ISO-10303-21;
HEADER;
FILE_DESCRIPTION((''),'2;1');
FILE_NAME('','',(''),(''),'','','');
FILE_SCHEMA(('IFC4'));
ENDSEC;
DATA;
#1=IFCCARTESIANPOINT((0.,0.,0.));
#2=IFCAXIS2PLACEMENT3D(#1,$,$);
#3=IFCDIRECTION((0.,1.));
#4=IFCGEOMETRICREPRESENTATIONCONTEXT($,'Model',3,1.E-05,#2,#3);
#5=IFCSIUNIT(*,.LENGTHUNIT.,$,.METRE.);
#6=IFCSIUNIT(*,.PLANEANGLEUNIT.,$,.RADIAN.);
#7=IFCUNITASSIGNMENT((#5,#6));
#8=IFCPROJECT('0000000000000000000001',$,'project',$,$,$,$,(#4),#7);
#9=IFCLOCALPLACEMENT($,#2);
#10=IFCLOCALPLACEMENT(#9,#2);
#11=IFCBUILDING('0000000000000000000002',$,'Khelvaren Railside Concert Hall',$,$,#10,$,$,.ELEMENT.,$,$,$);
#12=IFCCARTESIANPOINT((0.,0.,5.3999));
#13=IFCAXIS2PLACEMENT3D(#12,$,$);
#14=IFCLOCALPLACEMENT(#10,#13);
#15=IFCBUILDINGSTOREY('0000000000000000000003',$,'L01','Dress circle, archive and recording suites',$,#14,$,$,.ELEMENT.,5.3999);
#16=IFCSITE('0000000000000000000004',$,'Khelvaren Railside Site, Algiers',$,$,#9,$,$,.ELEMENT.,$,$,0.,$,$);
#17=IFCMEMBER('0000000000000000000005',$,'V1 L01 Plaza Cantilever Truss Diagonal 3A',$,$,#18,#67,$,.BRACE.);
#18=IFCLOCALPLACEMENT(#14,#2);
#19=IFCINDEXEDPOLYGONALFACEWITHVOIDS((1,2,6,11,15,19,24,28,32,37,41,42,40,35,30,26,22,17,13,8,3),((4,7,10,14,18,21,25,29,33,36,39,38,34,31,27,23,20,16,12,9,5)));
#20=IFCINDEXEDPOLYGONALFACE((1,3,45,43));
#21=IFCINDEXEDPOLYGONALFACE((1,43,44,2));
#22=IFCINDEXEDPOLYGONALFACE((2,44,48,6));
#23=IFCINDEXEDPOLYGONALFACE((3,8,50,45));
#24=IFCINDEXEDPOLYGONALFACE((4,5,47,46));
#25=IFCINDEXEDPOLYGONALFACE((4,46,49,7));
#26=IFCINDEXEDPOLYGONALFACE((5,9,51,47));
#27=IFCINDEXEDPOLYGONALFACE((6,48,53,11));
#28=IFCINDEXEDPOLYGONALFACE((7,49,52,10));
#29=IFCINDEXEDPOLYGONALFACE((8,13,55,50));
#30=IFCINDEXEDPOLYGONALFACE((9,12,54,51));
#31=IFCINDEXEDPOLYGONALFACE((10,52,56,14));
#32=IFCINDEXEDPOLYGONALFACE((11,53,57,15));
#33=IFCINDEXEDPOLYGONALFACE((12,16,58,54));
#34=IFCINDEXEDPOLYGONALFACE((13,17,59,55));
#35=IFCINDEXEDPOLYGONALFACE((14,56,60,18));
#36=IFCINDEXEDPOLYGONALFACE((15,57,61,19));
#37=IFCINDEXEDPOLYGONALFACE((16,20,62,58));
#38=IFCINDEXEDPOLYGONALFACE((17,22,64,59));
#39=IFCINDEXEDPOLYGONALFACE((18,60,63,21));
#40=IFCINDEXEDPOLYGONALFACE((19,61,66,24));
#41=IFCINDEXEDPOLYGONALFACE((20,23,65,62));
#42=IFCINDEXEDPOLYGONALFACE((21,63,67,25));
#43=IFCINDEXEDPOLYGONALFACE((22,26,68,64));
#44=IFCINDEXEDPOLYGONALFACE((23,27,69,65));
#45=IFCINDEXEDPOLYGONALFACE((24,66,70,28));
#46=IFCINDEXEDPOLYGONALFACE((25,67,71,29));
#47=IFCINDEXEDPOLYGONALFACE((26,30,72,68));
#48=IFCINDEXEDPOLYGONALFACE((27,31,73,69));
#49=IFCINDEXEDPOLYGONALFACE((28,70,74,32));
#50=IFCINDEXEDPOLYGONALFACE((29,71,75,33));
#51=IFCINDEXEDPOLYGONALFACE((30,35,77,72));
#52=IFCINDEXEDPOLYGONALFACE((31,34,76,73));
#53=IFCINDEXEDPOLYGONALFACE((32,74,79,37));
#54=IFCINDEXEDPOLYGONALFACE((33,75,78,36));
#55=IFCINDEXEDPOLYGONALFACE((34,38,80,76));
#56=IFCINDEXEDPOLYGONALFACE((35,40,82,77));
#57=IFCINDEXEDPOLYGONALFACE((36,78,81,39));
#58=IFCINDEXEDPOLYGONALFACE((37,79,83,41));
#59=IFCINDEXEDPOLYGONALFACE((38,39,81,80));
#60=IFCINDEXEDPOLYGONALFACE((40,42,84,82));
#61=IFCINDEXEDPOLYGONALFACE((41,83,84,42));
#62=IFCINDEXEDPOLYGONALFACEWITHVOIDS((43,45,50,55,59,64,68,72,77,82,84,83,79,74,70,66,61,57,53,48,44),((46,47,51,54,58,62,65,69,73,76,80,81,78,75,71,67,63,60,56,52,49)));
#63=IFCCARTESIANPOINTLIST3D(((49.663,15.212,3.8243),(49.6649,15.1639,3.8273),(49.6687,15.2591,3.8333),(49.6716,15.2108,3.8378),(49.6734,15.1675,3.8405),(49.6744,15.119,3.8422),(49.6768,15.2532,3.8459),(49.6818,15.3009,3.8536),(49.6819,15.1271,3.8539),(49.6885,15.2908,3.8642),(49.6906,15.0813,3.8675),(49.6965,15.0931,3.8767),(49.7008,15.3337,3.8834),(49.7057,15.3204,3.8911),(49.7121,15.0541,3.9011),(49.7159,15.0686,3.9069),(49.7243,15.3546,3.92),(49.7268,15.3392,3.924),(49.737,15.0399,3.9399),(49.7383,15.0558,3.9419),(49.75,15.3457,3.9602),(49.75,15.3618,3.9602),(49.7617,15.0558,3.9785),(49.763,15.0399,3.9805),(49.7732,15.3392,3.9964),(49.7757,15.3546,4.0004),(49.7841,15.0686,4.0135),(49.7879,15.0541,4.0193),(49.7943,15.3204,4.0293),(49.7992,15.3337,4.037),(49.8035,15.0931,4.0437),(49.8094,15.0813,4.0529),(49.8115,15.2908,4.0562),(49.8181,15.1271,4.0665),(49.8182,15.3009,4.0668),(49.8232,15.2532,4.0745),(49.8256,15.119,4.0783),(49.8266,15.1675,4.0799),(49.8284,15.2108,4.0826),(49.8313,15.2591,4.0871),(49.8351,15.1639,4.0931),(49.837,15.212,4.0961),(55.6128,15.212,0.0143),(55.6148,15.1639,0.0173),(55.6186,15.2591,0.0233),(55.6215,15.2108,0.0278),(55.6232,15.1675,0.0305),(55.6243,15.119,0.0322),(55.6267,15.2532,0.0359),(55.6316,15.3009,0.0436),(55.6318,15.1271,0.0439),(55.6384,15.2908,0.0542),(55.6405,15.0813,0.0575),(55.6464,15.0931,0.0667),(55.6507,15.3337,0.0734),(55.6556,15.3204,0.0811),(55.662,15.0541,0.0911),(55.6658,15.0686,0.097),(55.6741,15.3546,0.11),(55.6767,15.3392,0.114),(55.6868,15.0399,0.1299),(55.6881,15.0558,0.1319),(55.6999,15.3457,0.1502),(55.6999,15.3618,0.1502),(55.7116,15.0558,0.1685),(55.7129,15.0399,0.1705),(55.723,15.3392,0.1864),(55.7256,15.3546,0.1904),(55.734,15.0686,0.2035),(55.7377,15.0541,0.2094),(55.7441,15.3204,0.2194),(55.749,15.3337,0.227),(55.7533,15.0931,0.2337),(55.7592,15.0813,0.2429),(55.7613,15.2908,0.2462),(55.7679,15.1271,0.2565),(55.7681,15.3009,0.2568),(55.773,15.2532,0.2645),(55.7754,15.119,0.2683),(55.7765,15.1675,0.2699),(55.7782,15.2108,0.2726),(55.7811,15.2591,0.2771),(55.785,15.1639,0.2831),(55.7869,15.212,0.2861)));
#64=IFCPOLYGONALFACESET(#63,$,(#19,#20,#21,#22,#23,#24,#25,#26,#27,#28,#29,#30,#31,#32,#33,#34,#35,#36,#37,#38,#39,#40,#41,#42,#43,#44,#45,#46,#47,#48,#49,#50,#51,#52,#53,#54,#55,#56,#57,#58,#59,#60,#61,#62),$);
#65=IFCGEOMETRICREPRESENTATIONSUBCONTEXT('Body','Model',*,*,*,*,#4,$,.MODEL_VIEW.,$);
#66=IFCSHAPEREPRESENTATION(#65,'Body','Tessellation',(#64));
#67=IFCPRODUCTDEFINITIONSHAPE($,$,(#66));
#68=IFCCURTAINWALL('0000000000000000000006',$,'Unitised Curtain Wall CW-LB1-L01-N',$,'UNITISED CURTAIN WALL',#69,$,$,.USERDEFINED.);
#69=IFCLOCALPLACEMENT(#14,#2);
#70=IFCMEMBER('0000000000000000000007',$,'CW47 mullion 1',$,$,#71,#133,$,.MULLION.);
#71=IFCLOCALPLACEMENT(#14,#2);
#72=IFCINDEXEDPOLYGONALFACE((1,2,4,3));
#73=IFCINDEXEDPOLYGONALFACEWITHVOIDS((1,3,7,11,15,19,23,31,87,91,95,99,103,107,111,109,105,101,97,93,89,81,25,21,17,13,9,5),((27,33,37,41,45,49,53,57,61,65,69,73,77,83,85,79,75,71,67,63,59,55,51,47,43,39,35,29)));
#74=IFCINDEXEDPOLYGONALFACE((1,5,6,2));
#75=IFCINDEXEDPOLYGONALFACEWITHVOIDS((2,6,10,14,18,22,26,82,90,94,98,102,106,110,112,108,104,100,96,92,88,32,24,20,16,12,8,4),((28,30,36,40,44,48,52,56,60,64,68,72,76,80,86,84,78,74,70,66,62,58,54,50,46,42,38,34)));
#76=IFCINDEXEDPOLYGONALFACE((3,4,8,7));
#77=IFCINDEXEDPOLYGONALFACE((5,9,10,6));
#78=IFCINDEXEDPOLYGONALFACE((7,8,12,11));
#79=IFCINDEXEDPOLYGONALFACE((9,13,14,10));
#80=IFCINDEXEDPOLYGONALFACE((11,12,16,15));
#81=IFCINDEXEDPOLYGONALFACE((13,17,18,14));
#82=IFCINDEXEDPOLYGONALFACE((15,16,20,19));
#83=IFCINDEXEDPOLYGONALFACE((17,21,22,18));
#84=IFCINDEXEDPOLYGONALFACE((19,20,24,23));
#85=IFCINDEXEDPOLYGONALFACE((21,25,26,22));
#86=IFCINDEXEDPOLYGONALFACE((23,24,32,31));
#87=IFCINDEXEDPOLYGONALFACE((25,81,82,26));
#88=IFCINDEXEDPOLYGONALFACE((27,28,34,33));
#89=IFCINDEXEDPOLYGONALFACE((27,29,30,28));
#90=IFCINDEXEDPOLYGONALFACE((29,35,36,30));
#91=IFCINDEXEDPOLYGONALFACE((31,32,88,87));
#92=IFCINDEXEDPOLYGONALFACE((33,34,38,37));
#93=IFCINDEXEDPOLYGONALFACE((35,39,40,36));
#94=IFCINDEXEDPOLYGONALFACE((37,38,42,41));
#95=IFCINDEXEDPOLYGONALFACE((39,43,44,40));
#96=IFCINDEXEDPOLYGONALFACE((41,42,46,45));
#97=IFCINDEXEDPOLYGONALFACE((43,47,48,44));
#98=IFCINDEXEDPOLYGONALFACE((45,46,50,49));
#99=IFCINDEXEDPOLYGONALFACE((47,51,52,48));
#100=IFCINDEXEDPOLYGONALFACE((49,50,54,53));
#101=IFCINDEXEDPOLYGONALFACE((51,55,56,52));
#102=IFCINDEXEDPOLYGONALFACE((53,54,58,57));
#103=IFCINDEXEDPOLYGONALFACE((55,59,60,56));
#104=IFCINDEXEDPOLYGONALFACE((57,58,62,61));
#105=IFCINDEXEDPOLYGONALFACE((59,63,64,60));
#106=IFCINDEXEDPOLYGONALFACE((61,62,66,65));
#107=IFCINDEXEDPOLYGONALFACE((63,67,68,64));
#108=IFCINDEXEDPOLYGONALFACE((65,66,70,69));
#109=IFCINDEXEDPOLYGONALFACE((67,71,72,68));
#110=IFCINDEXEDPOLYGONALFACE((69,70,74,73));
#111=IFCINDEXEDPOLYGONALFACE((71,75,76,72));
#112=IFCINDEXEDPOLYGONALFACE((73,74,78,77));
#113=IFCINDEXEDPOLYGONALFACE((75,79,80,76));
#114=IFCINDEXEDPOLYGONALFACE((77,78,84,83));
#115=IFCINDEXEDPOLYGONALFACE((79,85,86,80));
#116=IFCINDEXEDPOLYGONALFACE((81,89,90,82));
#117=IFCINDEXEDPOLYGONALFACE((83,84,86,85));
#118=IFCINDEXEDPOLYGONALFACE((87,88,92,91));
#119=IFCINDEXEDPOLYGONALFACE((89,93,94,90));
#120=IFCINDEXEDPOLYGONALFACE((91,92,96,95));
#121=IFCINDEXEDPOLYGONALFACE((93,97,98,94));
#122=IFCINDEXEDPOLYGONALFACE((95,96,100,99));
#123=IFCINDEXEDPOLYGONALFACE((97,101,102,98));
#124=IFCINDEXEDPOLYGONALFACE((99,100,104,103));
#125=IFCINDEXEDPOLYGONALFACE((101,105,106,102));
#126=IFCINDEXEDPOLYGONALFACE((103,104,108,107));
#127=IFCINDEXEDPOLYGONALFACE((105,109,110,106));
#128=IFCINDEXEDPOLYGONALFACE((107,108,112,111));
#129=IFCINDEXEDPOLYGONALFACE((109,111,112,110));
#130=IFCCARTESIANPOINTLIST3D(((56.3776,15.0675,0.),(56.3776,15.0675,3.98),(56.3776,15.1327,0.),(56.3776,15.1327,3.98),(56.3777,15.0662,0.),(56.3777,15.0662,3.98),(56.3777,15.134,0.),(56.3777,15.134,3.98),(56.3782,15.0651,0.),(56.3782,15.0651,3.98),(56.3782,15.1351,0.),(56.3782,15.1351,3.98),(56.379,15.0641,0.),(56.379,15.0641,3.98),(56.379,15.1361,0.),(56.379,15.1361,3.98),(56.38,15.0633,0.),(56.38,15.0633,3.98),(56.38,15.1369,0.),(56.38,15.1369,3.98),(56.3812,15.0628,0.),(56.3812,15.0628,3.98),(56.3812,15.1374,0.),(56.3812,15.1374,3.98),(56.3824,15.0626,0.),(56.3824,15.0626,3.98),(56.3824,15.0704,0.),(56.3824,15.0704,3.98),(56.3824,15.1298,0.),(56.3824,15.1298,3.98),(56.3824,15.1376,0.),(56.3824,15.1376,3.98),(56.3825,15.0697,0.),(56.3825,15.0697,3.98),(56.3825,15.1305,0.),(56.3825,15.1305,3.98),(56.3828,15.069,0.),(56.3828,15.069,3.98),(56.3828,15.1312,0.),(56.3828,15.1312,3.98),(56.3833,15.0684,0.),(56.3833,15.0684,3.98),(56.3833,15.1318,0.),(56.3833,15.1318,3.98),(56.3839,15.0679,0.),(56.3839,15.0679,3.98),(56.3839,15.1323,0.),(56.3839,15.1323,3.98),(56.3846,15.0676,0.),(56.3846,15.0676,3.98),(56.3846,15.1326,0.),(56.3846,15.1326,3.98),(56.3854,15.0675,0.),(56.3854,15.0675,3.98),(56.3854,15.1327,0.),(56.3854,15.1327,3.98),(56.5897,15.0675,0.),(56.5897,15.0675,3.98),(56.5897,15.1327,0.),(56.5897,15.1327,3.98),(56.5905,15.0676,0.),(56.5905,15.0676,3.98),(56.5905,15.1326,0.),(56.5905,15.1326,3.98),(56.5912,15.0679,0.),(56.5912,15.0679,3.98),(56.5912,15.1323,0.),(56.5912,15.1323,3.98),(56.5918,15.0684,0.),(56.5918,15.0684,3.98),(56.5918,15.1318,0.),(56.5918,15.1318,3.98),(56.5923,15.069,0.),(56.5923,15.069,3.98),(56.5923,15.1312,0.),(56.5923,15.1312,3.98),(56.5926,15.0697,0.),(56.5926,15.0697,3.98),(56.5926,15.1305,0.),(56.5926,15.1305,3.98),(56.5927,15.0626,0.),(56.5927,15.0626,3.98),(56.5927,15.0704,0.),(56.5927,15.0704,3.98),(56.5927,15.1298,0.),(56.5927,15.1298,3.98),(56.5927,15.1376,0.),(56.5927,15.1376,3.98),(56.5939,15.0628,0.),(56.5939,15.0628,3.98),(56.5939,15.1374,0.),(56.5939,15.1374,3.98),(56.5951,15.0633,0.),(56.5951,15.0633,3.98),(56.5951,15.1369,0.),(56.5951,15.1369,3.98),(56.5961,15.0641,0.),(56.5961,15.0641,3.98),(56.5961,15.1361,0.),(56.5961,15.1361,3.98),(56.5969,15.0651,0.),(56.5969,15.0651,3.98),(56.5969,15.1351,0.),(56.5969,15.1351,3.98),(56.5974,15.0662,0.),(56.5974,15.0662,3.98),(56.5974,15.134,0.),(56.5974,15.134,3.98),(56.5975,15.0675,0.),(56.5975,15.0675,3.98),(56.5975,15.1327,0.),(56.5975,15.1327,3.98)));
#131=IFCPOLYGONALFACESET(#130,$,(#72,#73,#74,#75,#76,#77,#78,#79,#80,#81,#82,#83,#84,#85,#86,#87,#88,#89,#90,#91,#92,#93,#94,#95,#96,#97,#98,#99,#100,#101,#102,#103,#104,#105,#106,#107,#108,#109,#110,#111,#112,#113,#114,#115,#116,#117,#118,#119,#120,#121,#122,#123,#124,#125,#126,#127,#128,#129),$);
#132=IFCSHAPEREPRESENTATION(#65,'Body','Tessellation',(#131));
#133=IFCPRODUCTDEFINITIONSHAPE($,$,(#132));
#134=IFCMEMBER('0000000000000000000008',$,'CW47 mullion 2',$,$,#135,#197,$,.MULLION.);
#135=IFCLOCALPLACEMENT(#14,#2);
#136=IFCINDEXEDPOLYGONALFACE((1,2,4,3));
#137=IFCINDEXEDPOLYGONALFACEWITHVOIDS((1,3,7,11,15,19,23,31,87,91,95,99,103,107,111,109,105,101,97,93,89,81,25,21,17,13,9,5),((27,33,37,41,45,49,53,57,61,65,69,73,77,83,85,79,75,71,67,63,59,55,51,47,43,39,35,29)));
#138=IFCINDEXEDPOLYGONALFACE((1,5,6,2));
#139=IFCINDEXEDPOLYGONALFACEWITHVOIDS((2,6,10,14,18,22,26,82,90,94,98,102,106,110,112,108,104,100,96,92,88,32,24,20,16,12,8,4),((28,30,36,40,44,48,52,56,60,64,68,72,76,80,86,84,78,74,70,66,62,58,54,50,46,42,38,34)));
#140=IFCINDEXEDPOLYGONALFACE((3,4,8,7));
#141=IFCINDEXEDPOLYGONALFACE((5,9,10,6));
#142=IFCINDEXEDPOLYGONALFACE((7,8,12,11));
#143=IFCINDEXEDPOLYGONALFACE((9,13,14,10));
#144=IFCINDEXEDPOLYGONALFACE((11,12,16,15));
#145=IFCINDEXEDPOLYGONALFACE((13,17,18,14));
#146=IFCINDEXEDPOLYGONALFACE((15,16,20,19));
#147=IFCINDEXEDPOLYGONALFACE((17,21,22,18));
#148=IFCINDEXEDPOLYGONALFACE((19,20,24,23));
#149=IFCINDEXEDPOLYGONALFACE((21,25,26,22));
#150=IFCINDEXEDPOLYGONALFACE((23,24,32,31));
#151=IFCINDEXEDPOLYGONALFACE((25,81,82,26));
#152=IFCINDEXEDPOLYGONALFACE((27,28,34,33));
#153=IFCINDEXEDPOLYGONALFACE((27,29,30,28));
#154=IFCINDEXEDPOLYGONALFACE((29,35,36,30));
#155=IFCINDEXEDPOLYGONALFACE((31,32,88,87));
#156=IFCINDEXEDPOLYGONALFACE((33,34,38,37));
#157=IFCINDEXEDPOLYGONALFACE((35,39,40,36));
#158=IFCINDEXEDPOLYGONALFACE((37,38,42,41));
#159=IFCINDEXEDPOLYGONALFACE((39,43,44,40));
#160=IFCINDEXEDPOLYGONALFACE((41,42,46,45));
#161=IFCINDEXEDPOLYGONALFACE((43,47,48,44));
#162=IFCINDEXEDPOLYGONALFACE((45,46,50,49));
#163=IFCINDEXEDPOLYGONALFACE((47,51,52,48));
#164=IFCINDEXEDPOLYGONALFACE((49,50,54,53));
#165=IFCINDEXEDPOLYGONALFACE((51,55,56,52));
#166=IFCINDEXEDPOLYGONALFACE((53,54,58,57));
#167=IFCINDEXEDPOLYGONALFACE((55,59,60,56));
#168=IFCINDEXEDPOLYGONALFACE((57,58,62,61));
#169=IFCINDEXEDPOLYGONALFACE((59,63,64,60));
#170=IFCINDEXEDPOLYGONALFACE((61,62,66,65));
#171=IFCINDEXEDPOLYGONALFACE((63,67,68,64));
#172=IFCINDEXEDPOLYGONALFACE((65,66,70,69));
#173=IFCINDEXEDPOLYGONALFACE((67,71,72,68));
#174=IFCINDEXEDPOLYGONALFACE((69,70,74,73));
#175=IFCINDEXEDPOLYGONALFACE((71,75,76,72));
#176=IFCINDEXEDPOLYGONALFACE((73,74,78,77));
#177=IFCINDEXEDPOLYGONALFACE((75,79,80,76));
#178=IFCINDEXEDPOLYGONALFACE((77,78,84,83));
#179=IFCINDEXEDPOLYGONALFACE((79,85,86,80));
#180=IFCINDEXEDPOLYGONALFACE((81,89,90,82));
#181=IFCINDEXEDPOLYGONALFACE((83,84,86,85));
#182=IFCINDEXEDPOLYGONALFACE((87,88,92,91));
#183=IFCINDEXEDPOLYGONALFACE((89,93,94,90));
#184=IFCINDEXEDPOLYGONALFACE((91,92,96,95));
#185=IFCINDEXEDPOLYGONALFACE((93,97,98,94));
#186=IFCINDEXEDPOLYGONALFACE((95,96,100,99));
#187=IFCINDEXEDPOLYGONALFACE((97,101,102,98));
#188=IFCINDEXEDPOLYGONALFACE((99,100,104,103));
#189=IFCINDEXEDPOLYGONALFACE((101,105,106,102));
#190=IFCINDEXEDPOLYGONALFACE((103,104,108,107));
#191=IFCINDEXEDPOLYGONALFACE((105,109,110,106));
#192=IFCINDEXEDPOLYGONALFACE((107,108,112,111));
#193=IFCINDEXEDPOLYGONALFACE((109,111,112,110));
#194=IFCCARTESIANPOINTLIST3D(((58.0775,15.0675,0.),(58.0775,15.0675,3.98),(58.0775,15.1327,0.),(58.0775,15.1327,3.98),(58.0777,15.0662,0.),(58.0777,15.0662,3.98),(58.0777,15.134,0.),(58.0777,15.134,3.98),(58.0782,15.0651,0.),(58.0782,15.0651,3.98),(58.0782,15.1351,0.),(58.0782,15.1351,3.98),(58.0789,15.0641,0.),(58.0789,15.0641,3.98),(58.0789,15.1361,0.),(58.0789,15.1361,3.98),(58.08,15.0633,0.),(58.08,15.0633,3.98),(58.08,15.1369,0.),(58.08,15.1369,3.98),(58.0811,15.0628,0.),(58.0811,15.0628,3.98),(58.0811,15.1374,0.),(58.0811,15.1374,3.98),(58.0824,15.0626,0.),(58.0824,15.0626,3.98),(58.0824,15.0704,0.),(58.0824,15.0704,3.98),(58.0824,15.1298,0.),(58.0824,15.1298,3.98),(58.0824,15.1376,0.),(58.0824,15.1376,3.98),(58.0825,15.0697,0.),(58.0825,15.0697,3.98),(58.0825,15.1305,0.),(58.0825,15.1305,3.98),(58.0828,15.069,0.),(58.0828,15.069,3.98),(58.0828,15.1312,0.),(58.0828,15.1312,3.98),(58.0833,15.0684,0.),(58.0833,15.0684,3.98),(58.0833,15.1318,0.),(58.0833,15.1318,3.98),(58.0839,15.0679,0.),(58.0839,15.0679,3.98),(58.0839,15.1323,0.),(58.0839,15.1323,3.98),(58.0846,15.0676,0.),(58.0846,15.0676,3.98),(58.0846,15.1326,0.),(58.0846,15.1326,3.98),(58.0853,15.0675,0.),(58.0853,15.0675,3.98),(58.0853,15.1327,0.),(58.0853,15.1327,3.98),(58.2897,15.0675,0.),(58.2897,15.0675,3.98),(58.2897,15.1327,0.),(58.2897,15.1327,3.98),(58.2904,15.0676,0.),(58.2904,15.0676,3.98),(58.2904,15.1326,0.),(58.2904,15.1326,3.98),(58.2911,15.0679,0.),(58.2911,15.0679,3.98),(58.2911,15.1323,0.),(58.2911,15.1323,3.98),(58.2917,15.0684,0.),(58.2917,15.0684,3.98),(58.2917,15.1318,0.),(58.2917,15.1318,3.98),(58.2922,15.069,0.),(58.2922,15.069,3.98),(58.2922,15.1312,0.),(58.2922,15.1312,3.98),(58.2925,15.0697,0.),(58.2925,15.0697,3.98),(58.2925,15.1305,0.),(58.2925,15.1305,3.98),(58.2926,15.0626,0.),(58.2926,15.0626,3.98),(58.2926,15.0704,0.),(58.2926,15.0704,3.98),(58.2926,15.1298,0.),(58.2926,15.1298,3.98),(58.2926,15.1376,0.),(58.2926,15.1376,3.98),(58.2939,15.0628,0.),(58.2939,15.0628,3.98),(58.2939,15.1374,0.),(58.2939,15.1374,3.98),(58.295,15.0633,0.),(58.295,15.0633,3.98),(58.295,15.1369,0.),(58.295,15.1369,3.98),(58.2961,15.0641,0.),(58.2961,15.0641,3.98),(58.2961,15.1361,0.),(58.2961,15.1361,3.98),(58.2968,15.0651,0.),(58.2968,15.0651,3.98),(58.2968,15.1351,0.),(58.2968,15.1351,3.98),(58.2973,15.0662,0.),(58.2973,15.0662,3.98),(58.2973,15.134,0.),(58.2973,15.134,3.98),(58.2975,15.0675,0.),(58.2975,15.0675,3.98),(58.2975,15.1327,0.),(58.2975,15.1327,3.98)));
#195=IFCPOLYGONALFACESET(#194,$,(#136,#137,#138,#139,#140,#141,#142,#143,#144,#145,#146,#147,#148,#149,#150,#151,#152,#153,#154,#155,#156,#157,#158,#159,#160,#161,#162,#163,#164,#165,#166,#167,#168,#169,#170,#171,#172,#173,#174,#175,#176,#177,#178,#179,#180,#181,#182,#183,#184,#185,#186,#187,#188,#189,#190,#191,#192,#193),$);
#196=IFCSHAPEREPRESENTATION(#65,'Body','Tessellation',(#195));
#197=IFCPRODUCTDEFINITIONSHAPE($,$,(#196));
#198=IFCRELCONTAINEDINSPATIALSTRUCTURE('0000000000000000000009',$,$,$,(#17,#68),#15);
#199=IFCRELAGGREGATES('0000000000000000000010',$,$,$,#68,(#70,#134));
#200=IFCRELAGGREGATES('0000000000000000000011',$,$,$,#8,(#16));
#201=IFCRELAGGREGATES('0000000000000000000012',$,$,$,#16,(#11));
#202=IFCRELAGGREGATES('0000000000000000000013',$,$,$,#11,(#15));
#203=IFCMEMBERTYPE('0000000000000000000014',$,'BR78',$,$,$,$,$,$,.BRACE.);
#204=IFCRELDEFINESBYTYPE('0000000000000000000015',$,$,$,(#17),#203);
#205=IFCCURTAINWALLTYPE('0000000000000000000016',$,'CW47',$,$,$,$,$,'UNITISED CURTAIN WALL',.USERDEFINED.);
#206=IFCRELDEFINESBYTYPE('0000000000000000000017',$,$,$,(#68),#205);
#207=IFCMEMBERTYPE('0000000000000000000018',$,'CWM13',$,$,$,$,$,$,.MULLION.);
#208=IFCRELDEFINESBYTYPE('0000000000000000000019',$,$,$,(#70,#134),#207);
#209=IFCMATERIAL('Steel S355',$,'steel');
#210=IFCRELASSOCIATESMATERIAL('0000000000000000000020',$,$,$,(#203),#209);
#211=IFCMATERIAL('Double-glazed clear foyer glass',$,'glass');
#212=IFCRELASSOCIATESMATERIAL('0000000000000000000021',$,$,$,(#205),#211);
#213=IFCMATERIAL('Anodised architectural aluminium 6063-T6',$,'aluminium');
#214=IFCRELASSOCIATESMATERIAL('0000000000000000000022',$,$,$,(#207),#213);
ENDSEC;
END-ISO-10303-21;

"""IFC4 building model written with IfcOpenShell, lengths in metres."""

from ifc_helpers import new_model, si_unit, direction, frame, origin, origin_2d, place, context, subcontext, project, spatial, hollow_rectangle, hollow_circle, extrude, material, material_profile, profile_set, type_object, element, aggregate, save


model = new_model("IFC4")

# Units and contexts
model_context = context("Model", 3, precision=1e-05, world=origin(), true_north=direction((0.0, 1.0)))
body_context = subcontext(model_context, "Body", "Model", "MODEL_VIEW")
ifc_project = project(units=[si_unit("LENGTHUNIT", "METRE"), si_unit("PLANEANGLEUNIT", "RADIAN")], contexts=[model_context])

# Site, building, storey
site_placement = place(None, origin())
site = spatial("IfcSite", under=ifc_project, at=site_placement, Name="Khelvaren Railside Site, Algiers", CompositionType="ELEMENT", RefElevation=0.0)
building_placement = place(site_placement, origin())
building = spatial("IfcBuilding", under=site, at=building_placement, Name="Khelvaren Railside Concert Hall", CompositionType="ELEMENT")
storey_placement = place(building_placement, frame((0.0, 0.0, 5.3999)))
storey = spatial("IfcBuildingStorey", under=building, at=storey_placement, Name="L01", Description="Dress circle, archive and recording suites", CompositionType="ELEMENT", Elevation=5.3999)

# Member
ifc_material_1 = material(Name="Steel S355", Category="steel")
ifc_material_profile_1 = material_profile(ifc_material_1, hollow_circle(Radius=0.1619, WallThickness=0.0161, at=origin_2d()), Name="CHS 323.9x16")
ifc_profile_set_1 = profile_set([ifc_material_profile_1], Name="Steel S355")
member_type_1 = type_object("IfcMemberType", Name="BR78", PredefinedType="BRACE", material=ifc_profile_set_1)
member_1_placement = place(storey_placement, frame((49.75, 15.2, 3.9602), z_axis=(0.842137, 0.0, -0.539264), x_axis=(0.0, 1.0, 0.0)))
element("IfcMember", 1, at=member_1_placement, inside=storey, type_object=member_type_1, Name="V1 L01 Plaza Cantilever Truss Diagonal 3A", PredefinedType="BRACE", context=body_context, shape_type="SweptSolid", body=[
    extrude(hollow_circle(Radius=0.1619, WallThickness=0.0161, at=origin_2d()), origin(), (0.0, 0.0, 1.0), 7.0652),
])

# Curtain wall, members
ifc_material_2 = material(Name="Double-glazed clear foyer glass", Category="glass")
curtain_wall_type = type_object("IfcCurtainWallType", Name="CW47", ElementType="UNITISED CURTAIN WALL", PredefinedType="USERDEFINED", material=ifc_material_2)
curtain_wall_placement = place(storey_placement, origin())
curtain_wall = element("IfcCurtainWall", 2, at=curtain_wall_placement, inside=storey, type_object=curtain_wall_type, Name="Unitised Curtain Wall CW-LB1-L01-N", ObjectType="UNITISED CURTAIN WALL", PredefinedType="USERDEFINED")
ifc_material_3 = material(Name="Anodised architectural aluminium 6063-T6", Category="aluminium")
ifc_material_profile_2 = material_profile(ifc_material_3, hollow_rectangle(XDim=0.075, YDim=0.22, WallThickness=0.0049, InnerFilletRadius=0.0029, OuterFilletRadius=0.0049, at=origin_2d()), Name="CWM 75x220x5")
ifc_profile_set_2 = profile_set([ifc_material_profile_2], Name="Anodised architectural aluminium 6063-T6")
member_type_2 = type_object("IfcMemberType", Name="CWM13", PredefinedType="MULLION", material=ifc_profile_set_2)
member_2_placement = place(storey_placement, frame((56.4875, 15.1001, 0.0), z_axis=(0.0, 0.0, 1.0), x_axis=(0.0, 1.0, 0.0)))
member_2 = element("IfcMember", 3, at=member_2_placement, type_object=member_type_2, Name="CW47 mullion 1", PredefinedType="MULLION", context=body_context, shape_type="SweptSolid", body=[
    extrude(hollow_rectangle(XDim=0.075, YDim=0.22, WallThickness=0.0049, InnerFilletRadius=0.0029, OuterFilletRadius=0.0049, at=origin_2d()), origin(), (0.0, 0.0, 1.0), 3.98),
])
member_3_placement = place(storey_placement, frame((58.1875, 15.1001, 0.0), z_axis=(0.0, 0.0, 1.0), x_axis=(0.0, 1.0, 0.0)))
member_3 = element("IfcMember", 4, at=member_3_placement, type_object=member_type_2, Name="CW47 mullion 2", PredefinedType="MULLION", context=body_context, shape_type="SweptSolid", body=[
    extrude(hollow_rectangle(XDim=0.075, YDim=0.22, WallThickness=0.0049, InnerFilletRadius=0.0029, OuterFilletRadius=0.0049, at=origin_2d()), origin(), (0.0, 0.0, 1.0), 3.98),
])

aggregate(curtain_wall, [member_2, member_3])

save(model, "model.ifc")
